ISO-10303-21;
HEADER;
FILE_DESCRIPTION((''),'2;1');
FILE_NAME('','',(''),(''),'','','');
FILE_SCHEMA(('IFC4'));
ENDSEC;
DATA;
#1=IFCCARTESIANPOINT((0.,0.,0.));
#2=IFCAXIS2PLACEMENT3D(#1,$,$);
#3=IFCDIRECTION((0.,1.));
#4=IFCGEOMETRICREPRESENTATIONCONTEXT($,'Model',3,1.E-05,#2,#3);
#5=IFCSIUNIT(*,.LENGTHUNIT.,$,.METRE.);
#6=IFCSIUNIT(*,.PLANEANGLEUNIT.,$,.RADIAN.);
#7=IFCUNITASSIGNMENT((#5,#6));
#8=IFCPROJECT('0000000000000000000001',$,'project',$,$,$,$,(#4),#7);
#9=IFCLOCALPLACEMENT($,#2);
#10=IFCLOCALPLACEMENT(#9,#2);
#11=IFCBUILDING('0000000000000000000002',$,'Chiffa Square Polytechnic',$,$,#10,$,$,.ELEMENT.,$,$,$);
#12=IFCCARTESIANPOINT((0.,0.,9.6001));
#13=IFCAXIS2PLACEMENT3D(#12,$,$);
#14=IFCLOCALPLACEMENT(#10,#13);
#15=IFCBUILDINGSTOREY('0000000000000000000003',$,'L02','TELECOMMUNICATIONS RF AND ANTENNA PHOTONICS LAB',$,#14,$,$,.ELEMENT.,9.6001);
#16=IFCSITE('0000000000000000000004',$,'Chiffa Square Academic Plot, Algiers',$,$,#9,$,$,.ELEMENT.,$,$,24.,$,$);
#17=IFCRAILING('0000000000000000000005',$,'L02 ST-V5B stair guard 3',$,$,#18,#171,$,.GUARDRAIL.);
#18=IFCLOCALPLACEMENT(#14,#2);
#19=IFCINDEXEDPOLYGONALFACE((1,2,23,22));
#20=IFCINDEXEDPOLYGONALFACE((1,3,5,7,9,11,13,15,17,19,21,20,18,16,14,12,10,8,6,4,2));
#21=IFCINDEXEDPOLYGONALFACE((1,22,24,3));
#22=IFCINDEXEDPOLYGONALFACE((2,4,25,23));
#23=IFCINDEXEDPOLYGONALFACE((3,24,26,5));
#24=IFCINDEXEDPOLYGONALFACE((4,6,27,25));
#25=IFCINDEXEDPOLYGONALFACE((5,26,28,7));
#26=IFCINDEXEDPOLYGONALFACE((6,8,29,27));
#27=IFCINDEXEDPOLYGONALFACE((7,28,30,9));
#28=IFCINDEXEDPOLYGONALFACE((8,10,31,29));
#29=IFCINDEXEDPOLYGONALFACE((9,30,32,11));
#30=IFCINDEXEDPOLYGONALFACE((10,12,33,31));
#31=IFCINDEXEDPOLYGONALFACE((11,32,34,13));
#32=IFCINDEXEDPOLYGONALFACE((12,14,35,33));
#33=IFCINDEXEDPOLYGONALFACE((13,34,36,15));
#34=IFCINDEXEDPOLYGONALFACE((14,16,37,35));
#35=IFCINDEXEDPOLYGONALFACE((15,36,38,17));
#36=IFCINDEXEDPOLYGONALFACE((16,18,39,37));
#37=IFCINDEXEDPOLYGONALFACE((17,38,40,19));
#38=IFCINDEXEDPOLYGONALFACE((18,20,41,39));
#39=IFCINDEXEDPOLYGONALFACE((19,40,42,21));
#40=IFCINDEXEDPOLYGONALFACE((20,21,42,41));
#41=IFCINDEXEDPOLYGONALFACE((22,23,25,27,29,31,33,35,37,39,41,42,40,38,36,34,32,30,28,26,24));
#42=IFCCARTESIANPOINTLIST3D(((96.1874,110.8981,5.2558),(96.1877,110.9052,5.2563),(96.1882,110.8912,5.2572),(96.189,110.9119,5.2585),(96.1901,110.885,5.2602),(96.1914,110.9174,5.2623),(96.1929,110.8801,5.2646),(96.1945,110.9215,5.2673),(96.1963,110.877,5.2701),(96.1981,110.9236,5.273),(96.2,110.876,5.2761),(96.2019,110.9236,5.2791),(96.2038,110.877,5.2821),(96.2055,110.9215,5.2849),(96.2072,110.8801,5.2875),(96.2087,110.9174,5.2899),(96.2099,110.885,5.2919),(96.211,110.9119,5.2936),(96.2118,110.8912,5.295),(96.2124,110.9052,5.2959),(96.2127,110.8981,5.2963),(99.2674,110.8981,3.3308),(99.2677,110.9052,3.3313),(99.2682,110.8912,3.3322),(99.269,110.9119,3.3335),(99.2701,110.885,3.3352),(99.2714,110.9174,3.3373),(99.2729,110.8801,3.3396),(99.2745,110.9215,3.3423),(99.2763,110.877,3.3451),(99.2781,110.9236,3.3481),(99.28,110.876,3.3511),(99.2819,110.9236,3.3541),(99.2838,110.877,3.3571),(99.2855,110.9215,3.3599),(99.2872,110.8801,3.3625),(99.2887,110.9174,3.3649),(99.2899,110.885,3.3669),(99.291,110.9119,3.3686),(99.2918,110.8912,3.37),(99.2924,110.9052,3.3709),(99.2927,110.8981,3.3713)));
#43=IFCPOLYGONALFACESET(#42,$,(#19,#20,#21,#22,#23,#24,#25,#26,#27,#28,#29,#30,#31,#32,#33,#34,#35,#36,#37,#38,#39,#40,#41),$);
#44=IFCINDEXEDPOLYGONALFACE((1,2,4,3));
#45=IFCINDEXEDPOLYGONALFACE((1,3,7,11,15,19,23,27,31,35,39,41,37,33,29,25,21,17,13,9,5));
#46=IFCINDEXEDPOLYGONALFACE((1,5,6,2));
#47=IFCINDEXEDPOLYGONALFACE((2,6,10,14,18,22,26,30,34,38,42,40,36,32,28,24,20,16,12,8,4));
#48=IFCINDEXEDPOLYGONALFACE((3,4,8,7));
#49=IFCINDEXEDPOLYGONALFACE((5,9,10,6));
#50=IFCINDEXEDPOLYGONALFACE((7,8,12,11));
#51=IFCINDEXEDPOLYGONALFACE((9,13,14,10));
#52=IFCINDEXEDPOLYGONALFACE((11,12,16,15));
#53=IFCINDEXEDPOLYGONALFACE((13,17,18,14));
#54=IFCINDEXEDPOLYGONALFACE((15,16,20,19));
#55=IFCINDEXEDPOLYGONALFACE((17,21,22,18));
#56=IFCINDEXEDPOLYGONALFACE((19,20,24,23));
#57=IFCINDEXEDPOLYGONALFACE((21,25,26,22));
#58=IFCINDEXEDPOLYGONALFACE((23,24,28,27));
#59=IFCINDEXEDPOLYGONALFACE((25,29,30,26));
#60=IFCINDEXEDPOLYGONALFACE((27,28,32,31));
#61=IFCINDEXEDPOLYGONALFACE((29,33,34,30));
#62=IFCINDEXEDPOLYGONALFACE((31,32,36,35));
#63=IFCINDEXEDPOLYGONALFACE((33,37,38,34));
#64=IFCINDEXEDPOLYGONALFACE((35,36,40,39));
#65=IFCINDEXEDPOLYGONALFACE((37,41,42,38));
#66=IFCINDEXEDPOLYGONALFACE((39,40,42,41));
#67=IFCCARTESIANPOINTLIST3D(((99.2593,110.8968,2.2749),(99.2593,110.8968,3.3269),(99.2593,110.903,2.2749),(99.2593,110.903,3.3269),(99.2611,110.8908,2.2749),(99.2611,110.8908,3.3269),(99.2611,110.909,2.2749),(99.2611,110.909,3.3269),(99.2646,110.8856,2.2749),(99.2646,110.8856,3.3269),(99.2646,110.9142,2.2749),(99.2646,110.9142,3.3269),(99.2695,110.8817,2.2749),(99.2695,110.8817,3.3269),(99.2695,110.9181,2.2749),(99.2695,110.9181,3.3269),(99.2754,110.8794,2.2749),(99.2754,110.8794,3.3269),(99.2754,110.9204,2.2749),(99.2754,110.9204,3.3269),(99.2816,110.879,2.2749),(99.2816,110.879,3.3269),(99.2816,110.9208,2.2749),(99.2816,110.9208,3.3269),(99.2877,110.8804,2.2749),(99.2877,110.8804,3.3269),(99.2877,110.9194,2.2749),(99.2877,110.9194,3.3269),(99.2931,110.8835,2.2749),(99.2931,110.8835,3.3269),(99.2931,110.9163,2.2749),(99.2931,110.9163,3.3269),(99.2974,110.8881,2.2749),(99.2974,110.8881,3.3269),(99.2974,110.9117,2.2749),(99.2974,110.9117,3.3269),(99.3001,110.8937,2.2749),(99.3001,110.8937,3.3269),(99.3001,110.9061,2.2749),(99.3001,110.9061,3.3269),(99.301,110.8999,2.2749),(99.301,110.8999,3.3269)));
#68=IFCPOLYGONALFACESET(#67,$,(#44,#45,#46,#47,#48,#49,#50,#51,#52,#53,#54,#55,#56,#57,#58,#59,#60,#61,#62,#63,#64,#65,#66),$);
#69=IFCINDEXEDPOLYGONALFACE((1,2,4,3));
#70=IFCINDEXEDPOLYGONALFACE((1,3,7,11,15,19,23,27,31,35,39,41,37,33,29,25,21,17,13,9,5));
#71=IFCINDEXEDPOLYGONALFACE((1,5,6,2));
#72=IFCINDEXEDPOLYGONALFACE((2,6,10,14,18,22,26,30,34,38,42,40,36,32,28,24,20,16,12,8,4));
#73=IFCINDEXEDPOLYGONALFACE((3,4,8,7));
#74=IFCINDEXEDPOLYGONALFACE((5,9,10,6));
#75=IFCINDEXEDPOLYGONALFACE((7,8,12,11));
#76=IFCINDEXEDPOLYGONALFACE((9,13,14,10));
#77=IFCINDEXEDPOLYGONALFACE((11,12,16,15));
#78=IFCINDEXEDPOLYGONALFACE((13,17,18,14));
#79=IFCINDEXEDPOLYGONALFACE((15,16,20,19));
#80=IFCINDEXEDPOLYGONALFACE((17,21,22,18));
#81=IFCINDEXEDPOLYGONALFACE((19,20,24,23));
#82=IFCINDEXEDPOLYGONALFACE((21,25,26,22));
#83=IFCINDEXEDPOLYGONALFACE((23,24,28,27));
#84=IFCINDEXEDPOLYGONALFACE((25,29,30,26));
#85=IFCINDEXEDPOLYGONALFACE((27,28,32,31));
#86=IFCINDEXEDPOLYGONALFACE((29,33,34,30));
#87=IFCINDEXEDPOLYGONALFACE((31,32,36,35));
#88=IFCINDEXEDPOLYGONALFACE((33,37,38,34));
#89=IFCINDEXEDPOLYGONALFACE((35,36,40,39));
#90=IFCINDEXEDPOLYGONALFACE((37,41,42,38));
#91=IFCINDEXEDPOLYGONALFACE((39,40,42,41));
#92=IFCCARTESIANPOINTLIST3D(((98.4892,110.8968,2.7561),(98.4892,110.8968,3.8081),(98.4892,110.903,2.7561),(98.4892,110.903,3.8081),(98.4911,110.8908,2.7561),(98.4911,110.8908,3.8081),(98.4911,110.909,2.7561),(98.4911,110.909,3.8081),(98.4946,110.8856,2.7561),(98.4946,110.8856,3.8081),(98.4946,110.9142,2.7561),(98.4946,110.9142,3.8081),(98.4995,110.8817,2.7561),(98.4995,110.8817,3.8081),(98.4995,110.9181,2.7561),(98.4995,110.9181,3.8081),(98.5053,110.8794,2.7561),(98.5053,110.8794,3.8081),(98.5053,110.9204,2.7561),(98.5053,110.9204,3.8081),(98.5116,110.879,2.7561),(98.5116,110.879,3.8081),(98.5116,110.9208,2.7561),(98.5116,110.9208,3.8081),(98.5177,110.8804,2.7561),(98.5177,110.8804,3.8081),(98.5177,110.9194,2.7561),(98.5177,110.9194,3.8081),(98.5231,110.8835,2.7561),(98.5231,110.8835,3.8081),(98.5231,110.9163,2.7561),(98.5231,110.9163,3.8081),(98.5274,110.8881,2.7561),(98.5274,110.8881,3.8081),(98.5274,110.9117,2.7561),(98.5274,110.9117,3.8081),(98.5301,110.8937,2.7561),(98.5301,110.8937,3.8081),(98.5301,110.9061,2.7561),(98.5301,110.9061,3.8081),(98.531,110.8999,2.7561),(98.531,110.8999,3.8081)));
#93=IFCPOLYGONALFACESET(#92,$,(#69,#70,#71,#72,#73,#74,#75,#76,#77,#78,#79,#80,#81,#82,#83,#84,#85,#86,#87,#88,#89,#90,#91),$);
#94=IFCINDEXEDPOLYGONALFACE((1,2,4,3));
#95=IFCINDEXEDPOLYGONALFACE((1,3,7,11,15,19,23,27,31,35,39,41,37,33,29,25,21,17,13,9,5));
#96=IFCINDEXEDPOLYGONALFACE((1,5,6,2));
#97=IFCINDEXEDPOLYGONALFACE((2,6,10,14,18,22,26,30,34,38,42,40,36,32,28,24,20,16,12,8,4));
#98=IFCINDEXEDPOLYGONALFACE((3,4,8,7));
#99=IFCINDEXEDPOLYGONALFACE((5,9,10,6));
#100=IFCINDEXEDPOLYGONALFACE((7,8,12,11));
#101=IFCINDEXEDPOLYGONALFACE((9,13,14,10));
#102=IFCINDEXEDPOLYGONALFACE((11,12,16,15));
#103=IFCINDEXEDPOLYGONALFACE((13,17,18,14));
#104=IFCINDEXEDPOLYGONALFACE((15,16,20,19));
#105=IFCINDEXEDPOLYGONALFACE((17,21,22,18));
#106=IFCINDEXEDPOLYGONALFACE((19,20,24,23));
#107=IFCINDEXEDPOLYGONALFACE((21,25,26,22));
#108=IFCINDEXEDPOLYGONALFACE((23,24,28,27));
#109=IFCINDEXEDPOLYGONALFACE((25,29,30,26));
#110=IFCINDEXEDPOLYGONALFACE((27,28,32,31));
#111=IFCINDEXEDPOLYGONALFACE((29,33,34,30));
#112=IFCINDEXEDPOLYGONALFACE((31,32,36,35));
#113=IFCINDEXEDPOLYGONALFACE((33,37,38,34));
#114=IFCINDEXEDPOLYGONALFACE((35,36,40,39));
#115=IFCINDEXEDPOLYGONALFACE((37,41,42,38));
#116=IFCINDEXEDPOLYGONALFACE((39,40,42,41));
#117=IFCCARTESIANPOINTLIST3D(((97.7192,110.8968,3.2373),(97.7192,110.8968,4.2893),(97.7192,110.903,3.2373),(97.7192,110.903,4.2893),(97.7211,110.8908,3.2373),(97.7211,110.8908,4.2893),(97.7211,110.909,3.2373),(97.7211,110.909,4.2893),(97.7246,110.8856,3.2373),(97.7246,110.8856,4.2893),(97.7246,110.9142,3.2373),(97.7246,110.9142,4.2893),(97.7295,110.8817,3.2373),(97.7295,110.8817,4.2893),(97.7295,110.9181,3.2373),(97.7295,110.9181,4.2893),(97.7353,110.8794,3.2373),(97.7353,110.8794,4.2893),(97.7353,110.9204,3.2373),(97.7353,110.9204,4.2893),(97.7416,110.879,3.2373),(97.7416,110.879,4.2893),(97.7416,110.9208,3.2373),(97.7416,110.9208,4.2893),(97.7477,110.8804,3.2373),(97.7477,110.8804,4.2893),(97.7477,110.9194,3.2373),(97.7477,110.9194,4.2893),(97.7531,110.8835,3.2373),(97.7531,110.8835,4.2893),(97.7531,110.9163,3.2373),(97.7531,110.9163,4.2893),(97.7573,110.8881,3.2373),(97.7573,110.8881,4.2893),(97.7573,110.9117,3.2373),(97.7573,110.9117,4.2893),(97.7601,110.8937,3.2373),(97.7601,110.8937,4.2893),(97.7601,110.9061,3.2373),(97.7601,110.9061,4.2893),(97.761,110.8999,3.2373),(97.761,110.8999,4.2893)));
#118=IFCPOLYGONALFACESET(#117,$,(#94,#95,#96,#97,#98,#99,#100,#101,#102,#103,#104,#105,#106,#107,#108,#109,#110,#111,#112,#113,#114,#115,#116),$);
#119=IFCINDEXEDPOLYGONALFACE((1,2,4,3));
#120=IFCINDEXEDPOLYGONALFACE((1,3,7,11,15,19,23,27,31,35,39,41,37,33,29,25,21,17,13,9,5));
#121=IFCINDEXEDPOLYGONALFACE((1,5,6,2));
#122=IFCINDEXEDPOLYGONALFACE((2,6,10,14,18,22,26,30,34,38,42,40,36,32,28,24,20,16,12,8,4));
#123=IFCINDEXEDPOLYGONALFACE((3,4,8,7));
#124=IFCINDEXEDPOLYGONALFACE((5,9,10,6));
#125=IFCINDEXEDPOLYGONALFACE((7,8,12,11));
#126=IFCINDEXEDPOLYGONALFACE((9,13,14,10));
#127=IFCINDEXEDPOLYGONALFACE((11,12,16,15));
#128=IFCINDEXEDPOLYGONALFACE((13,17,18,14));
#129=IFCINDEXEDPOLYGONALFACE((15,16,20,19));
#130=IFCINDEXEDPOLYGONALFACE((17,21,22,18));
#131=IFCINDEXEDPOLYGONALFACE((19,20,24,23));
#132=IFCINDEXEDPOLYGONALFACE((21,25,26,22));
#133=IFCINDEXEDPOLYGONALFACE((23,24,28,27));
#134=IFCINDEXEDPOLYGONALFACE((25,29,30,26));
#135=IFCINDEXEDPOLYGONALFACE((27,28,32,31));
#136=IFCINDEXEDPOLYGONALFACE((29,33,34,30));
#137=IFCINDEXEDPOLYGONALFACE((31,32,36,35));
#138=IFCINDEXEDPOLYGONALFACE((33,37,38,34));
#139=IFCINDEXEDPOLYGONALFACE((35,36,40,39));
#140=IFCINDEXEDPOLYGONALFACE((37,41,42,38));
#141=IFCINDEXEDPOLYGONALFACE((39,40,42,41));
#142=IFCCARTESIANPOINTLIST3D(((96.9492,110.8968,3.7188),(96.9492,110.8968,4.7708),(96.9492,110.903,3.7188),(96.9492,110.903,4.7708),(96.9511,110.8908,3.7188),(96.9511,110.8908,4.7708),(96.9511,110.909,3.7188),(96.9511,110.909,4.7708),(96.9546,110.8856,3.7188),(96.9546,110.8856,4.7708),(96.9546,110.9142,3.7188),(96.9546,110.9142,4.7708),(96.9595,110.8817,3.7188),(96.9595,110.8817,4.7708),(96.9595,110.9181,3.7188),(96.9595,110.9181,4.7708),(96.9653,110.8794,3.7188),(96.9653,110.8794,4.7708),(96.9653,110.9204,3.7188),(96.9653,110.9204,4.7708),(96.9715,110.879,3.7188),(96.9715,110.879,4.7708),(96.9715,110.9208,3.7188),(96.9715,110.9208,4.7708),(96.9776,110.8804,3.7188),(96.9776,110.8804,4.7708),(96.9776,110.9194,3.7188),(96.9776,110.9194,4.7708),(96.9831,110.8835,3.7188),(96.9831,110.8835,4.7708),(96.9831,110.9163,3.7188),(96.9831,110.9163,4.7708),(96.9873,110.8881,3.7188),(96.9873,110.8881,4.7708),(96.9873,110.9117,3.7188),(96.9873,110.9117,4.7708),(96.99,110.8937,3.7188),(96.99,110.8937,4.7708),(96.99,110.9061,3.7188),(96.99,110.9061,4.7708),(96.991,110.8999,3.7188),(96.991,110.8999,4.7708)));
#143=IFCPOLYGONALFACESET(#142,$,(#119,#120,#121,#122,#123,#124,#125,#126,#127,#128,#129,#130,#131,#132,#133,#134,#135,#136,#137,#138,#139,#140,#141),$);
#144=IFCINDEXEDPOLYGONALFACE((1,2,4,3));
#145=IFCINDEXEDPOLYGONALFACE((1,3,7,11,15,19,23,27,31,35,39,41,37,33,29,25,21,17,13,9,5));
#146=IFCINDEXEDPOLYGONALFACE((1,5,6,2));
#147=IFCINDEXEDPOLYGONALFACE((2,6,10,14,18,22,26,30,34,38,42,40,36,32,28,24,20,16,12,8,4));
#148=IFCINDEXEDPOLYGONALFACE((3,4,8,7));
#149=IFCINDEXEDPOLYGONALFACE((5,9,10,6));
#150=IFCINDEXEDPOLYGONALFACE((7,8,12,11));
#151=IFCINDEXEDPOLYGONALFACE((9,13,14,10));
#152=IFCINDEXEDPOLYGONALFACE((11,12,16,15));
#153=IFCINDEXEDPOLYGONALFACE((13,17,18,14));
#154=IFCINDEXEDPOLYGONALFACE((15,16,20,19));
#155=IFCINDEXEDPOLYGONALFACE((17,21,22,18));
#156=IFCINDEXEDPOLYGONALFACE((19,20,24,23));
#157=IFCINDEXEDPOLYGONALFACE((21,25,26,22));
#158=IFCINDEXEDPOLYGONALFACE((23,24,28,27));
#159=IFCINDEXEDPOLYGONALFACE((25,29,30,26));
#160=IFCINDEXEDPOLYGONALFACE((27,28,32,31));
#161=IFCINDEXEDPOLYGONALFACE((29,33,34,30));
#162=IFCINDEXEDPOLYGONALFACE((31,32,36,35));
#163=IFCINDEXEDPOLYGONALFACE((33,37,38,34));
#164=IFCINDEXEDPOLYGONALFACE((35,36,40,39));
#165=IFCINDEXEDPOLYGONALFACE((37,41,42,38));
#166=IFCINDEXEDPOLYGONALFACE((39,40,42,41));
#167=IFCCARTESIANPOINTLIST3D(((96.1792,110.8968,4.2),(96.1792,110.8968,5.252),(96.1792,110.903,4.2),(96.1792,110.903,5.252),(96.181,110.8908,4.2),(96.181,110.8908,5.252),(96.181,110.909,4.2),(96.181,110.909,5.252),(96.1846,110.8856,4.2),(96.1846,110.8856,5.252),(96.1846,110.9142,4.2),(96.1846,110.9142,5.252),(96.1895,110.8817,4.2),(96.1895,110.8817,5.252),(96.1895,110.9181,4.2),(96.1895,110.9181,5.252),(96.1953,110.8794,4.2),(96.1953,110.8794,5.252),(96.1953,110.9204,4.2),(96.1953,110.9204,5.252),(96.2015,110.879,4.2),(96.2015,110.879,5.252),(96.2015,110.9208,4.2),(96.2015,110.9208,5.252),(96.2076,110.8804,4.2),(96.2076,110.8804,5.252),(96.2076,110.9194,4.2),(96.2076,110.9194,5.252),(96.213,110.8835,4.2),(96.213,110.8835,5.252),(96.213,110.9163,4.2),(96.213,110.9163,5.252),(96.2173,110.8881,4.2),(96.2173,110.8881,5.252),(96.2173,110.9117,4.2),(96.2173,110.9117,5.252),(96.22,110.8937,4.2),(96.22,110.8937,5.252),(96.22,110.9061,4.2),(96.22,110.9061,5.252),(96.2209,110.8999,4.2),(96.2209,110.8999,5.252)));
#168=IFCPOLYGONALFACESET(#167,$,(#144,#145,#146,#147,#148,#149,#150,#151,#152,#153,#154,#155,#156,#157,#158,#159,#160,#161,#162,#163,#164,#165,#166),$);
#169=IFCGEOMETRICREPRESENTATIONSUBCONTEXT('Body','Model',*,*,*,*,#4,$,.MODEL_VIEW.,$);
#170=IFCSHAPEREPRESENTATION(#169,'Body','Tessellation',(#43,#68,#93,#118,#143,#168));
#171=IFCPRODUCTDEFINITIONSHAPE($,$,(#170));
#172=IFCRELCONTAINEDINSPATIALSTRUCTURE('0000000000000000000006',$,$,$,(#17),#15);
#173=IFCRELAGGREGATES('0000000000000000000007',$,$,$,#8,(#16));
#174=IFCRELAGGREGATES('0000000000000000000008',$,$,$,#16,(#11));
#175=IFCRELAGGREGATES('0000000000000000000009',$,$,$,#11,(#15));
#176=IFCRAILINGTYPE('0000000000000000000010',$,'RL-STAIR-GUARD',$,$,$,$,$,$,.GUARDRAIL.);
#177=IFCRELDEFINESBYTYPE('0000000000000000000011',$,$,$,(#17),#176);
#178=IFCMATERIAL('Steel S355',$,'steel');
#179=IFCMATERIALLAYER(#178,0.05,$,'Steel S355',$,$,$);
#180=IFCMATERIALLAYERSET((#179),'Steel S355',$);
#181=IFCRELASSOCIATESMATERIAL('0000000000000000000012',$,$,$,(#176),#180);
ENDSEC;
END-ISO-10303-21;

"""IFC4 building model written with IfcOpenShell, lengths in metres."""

from ifc_helpers import new_model, si_unit, direction, frame, origin, origin_2d, place, context, subcontext, project, spatial, circle, extrude, material, layer, layer_set, type_object, element, save


model = new_model("IFC4")

# Units and contexts
model_context = context("Model", 3, precision=1e-05, world=origin(), true_north=direction((0.0, 1.0)))
body_context = subcontext(model_context, "Body", "Model", "MODEL_VIEW")
ifc_project = project(units=[si_unit("LENGTHUNIT", "METRE"), si_unit("PLANEANGLEUNIT", "RADIAN")], contexts=[model_context])

# Site, building, storey
site_placement = place(None, origin())
site = spatial("IfcSite", under=ifc_project, at=site_placement, Name="Chiffa Square Academic Plot, Algiers", CompositionType="ELEMENT", RefElevation=24.0)
building_placement = place(site_placement, origin())
building = spatial("IfcBuilding", under=site, at=building_placement, Name="Chiffa Square Polytechnic", CompositionType="ELEMENT")
storey_placement = place(building_placement, frame((0.0, 0.0, 9.6001)))
storey = spatial("IfcBuildingStorey", under=building, at=storey_placement, Name="L02", Description="TELECOMMUNICATIONS RF AND ANTENNA PHOTONICS LAB", CompositionType="ELEMENT", Elevation=9.6001)

# Railing
ifc_material_1 = material(Name="Steel S355", Category="steel")
ifc_layer_1 = layer(ifc_material_1, 0.05, Name="Steel S355")
ifc_layer_set_1 = layer_set([ifc_layer_1], Name="Steel S355")
railing_type_1 = type_object("IfcRailingType", Name="RL-STAIR-GUARD", PredefinedType="GUARDRAIL", material=ifc_layer_set_1)
railing_1_placement = place(storey_placement, frame((99.28, 110.8999, 2.2749)))
element("IfcRailing", 1, at=railing_1_placement, inside=storey, type_object=railing_type_1, Name="L02 ST-V5B stair guard 3", PredefinedType="GUARDRAIL", context=body_context, shape_type="SweptSolid", body=[
    extrude(circle(Radius=0.0239, at=origin_2d()), frame((0.0, 0.0, 1.0762), z_axis=(-0.847998, 0.0, 0.529999), x_axis=(0.0, -1.0, 0.0)), (0.0, 0.0, 1.0), 3.6321),
    extrude(circle(Radius=0.021, at=origin_2d()), origin(), (0.0, 0.0, 1.0), 1.052),
    extrude(circle(Radius=0.021, at=origin_2d()), frame((-0.77, 0.0, 0.4812)), (0.0, 0.0, 1.0), 1.052),
    extrude(circle(Radius=0.021, at=origin_2d()), frame((-1.54, 0.0, 0.9624)), (0.0, 0.0, 1.0), 1.052),
    extrude(circle(Radius=0.021, at=origin_2d()), frame((-2.3101, 0.0, 1.4438)), (0.0, 0.0, 1.0), 1.052),
    extrude(circle(Radius=0.021, at=origin_2d()), frame((-3.0801, 0.0, 1.925)), (0.0, 0.0, 1.0), 1.052),
])

save(model, "model.ifc")
